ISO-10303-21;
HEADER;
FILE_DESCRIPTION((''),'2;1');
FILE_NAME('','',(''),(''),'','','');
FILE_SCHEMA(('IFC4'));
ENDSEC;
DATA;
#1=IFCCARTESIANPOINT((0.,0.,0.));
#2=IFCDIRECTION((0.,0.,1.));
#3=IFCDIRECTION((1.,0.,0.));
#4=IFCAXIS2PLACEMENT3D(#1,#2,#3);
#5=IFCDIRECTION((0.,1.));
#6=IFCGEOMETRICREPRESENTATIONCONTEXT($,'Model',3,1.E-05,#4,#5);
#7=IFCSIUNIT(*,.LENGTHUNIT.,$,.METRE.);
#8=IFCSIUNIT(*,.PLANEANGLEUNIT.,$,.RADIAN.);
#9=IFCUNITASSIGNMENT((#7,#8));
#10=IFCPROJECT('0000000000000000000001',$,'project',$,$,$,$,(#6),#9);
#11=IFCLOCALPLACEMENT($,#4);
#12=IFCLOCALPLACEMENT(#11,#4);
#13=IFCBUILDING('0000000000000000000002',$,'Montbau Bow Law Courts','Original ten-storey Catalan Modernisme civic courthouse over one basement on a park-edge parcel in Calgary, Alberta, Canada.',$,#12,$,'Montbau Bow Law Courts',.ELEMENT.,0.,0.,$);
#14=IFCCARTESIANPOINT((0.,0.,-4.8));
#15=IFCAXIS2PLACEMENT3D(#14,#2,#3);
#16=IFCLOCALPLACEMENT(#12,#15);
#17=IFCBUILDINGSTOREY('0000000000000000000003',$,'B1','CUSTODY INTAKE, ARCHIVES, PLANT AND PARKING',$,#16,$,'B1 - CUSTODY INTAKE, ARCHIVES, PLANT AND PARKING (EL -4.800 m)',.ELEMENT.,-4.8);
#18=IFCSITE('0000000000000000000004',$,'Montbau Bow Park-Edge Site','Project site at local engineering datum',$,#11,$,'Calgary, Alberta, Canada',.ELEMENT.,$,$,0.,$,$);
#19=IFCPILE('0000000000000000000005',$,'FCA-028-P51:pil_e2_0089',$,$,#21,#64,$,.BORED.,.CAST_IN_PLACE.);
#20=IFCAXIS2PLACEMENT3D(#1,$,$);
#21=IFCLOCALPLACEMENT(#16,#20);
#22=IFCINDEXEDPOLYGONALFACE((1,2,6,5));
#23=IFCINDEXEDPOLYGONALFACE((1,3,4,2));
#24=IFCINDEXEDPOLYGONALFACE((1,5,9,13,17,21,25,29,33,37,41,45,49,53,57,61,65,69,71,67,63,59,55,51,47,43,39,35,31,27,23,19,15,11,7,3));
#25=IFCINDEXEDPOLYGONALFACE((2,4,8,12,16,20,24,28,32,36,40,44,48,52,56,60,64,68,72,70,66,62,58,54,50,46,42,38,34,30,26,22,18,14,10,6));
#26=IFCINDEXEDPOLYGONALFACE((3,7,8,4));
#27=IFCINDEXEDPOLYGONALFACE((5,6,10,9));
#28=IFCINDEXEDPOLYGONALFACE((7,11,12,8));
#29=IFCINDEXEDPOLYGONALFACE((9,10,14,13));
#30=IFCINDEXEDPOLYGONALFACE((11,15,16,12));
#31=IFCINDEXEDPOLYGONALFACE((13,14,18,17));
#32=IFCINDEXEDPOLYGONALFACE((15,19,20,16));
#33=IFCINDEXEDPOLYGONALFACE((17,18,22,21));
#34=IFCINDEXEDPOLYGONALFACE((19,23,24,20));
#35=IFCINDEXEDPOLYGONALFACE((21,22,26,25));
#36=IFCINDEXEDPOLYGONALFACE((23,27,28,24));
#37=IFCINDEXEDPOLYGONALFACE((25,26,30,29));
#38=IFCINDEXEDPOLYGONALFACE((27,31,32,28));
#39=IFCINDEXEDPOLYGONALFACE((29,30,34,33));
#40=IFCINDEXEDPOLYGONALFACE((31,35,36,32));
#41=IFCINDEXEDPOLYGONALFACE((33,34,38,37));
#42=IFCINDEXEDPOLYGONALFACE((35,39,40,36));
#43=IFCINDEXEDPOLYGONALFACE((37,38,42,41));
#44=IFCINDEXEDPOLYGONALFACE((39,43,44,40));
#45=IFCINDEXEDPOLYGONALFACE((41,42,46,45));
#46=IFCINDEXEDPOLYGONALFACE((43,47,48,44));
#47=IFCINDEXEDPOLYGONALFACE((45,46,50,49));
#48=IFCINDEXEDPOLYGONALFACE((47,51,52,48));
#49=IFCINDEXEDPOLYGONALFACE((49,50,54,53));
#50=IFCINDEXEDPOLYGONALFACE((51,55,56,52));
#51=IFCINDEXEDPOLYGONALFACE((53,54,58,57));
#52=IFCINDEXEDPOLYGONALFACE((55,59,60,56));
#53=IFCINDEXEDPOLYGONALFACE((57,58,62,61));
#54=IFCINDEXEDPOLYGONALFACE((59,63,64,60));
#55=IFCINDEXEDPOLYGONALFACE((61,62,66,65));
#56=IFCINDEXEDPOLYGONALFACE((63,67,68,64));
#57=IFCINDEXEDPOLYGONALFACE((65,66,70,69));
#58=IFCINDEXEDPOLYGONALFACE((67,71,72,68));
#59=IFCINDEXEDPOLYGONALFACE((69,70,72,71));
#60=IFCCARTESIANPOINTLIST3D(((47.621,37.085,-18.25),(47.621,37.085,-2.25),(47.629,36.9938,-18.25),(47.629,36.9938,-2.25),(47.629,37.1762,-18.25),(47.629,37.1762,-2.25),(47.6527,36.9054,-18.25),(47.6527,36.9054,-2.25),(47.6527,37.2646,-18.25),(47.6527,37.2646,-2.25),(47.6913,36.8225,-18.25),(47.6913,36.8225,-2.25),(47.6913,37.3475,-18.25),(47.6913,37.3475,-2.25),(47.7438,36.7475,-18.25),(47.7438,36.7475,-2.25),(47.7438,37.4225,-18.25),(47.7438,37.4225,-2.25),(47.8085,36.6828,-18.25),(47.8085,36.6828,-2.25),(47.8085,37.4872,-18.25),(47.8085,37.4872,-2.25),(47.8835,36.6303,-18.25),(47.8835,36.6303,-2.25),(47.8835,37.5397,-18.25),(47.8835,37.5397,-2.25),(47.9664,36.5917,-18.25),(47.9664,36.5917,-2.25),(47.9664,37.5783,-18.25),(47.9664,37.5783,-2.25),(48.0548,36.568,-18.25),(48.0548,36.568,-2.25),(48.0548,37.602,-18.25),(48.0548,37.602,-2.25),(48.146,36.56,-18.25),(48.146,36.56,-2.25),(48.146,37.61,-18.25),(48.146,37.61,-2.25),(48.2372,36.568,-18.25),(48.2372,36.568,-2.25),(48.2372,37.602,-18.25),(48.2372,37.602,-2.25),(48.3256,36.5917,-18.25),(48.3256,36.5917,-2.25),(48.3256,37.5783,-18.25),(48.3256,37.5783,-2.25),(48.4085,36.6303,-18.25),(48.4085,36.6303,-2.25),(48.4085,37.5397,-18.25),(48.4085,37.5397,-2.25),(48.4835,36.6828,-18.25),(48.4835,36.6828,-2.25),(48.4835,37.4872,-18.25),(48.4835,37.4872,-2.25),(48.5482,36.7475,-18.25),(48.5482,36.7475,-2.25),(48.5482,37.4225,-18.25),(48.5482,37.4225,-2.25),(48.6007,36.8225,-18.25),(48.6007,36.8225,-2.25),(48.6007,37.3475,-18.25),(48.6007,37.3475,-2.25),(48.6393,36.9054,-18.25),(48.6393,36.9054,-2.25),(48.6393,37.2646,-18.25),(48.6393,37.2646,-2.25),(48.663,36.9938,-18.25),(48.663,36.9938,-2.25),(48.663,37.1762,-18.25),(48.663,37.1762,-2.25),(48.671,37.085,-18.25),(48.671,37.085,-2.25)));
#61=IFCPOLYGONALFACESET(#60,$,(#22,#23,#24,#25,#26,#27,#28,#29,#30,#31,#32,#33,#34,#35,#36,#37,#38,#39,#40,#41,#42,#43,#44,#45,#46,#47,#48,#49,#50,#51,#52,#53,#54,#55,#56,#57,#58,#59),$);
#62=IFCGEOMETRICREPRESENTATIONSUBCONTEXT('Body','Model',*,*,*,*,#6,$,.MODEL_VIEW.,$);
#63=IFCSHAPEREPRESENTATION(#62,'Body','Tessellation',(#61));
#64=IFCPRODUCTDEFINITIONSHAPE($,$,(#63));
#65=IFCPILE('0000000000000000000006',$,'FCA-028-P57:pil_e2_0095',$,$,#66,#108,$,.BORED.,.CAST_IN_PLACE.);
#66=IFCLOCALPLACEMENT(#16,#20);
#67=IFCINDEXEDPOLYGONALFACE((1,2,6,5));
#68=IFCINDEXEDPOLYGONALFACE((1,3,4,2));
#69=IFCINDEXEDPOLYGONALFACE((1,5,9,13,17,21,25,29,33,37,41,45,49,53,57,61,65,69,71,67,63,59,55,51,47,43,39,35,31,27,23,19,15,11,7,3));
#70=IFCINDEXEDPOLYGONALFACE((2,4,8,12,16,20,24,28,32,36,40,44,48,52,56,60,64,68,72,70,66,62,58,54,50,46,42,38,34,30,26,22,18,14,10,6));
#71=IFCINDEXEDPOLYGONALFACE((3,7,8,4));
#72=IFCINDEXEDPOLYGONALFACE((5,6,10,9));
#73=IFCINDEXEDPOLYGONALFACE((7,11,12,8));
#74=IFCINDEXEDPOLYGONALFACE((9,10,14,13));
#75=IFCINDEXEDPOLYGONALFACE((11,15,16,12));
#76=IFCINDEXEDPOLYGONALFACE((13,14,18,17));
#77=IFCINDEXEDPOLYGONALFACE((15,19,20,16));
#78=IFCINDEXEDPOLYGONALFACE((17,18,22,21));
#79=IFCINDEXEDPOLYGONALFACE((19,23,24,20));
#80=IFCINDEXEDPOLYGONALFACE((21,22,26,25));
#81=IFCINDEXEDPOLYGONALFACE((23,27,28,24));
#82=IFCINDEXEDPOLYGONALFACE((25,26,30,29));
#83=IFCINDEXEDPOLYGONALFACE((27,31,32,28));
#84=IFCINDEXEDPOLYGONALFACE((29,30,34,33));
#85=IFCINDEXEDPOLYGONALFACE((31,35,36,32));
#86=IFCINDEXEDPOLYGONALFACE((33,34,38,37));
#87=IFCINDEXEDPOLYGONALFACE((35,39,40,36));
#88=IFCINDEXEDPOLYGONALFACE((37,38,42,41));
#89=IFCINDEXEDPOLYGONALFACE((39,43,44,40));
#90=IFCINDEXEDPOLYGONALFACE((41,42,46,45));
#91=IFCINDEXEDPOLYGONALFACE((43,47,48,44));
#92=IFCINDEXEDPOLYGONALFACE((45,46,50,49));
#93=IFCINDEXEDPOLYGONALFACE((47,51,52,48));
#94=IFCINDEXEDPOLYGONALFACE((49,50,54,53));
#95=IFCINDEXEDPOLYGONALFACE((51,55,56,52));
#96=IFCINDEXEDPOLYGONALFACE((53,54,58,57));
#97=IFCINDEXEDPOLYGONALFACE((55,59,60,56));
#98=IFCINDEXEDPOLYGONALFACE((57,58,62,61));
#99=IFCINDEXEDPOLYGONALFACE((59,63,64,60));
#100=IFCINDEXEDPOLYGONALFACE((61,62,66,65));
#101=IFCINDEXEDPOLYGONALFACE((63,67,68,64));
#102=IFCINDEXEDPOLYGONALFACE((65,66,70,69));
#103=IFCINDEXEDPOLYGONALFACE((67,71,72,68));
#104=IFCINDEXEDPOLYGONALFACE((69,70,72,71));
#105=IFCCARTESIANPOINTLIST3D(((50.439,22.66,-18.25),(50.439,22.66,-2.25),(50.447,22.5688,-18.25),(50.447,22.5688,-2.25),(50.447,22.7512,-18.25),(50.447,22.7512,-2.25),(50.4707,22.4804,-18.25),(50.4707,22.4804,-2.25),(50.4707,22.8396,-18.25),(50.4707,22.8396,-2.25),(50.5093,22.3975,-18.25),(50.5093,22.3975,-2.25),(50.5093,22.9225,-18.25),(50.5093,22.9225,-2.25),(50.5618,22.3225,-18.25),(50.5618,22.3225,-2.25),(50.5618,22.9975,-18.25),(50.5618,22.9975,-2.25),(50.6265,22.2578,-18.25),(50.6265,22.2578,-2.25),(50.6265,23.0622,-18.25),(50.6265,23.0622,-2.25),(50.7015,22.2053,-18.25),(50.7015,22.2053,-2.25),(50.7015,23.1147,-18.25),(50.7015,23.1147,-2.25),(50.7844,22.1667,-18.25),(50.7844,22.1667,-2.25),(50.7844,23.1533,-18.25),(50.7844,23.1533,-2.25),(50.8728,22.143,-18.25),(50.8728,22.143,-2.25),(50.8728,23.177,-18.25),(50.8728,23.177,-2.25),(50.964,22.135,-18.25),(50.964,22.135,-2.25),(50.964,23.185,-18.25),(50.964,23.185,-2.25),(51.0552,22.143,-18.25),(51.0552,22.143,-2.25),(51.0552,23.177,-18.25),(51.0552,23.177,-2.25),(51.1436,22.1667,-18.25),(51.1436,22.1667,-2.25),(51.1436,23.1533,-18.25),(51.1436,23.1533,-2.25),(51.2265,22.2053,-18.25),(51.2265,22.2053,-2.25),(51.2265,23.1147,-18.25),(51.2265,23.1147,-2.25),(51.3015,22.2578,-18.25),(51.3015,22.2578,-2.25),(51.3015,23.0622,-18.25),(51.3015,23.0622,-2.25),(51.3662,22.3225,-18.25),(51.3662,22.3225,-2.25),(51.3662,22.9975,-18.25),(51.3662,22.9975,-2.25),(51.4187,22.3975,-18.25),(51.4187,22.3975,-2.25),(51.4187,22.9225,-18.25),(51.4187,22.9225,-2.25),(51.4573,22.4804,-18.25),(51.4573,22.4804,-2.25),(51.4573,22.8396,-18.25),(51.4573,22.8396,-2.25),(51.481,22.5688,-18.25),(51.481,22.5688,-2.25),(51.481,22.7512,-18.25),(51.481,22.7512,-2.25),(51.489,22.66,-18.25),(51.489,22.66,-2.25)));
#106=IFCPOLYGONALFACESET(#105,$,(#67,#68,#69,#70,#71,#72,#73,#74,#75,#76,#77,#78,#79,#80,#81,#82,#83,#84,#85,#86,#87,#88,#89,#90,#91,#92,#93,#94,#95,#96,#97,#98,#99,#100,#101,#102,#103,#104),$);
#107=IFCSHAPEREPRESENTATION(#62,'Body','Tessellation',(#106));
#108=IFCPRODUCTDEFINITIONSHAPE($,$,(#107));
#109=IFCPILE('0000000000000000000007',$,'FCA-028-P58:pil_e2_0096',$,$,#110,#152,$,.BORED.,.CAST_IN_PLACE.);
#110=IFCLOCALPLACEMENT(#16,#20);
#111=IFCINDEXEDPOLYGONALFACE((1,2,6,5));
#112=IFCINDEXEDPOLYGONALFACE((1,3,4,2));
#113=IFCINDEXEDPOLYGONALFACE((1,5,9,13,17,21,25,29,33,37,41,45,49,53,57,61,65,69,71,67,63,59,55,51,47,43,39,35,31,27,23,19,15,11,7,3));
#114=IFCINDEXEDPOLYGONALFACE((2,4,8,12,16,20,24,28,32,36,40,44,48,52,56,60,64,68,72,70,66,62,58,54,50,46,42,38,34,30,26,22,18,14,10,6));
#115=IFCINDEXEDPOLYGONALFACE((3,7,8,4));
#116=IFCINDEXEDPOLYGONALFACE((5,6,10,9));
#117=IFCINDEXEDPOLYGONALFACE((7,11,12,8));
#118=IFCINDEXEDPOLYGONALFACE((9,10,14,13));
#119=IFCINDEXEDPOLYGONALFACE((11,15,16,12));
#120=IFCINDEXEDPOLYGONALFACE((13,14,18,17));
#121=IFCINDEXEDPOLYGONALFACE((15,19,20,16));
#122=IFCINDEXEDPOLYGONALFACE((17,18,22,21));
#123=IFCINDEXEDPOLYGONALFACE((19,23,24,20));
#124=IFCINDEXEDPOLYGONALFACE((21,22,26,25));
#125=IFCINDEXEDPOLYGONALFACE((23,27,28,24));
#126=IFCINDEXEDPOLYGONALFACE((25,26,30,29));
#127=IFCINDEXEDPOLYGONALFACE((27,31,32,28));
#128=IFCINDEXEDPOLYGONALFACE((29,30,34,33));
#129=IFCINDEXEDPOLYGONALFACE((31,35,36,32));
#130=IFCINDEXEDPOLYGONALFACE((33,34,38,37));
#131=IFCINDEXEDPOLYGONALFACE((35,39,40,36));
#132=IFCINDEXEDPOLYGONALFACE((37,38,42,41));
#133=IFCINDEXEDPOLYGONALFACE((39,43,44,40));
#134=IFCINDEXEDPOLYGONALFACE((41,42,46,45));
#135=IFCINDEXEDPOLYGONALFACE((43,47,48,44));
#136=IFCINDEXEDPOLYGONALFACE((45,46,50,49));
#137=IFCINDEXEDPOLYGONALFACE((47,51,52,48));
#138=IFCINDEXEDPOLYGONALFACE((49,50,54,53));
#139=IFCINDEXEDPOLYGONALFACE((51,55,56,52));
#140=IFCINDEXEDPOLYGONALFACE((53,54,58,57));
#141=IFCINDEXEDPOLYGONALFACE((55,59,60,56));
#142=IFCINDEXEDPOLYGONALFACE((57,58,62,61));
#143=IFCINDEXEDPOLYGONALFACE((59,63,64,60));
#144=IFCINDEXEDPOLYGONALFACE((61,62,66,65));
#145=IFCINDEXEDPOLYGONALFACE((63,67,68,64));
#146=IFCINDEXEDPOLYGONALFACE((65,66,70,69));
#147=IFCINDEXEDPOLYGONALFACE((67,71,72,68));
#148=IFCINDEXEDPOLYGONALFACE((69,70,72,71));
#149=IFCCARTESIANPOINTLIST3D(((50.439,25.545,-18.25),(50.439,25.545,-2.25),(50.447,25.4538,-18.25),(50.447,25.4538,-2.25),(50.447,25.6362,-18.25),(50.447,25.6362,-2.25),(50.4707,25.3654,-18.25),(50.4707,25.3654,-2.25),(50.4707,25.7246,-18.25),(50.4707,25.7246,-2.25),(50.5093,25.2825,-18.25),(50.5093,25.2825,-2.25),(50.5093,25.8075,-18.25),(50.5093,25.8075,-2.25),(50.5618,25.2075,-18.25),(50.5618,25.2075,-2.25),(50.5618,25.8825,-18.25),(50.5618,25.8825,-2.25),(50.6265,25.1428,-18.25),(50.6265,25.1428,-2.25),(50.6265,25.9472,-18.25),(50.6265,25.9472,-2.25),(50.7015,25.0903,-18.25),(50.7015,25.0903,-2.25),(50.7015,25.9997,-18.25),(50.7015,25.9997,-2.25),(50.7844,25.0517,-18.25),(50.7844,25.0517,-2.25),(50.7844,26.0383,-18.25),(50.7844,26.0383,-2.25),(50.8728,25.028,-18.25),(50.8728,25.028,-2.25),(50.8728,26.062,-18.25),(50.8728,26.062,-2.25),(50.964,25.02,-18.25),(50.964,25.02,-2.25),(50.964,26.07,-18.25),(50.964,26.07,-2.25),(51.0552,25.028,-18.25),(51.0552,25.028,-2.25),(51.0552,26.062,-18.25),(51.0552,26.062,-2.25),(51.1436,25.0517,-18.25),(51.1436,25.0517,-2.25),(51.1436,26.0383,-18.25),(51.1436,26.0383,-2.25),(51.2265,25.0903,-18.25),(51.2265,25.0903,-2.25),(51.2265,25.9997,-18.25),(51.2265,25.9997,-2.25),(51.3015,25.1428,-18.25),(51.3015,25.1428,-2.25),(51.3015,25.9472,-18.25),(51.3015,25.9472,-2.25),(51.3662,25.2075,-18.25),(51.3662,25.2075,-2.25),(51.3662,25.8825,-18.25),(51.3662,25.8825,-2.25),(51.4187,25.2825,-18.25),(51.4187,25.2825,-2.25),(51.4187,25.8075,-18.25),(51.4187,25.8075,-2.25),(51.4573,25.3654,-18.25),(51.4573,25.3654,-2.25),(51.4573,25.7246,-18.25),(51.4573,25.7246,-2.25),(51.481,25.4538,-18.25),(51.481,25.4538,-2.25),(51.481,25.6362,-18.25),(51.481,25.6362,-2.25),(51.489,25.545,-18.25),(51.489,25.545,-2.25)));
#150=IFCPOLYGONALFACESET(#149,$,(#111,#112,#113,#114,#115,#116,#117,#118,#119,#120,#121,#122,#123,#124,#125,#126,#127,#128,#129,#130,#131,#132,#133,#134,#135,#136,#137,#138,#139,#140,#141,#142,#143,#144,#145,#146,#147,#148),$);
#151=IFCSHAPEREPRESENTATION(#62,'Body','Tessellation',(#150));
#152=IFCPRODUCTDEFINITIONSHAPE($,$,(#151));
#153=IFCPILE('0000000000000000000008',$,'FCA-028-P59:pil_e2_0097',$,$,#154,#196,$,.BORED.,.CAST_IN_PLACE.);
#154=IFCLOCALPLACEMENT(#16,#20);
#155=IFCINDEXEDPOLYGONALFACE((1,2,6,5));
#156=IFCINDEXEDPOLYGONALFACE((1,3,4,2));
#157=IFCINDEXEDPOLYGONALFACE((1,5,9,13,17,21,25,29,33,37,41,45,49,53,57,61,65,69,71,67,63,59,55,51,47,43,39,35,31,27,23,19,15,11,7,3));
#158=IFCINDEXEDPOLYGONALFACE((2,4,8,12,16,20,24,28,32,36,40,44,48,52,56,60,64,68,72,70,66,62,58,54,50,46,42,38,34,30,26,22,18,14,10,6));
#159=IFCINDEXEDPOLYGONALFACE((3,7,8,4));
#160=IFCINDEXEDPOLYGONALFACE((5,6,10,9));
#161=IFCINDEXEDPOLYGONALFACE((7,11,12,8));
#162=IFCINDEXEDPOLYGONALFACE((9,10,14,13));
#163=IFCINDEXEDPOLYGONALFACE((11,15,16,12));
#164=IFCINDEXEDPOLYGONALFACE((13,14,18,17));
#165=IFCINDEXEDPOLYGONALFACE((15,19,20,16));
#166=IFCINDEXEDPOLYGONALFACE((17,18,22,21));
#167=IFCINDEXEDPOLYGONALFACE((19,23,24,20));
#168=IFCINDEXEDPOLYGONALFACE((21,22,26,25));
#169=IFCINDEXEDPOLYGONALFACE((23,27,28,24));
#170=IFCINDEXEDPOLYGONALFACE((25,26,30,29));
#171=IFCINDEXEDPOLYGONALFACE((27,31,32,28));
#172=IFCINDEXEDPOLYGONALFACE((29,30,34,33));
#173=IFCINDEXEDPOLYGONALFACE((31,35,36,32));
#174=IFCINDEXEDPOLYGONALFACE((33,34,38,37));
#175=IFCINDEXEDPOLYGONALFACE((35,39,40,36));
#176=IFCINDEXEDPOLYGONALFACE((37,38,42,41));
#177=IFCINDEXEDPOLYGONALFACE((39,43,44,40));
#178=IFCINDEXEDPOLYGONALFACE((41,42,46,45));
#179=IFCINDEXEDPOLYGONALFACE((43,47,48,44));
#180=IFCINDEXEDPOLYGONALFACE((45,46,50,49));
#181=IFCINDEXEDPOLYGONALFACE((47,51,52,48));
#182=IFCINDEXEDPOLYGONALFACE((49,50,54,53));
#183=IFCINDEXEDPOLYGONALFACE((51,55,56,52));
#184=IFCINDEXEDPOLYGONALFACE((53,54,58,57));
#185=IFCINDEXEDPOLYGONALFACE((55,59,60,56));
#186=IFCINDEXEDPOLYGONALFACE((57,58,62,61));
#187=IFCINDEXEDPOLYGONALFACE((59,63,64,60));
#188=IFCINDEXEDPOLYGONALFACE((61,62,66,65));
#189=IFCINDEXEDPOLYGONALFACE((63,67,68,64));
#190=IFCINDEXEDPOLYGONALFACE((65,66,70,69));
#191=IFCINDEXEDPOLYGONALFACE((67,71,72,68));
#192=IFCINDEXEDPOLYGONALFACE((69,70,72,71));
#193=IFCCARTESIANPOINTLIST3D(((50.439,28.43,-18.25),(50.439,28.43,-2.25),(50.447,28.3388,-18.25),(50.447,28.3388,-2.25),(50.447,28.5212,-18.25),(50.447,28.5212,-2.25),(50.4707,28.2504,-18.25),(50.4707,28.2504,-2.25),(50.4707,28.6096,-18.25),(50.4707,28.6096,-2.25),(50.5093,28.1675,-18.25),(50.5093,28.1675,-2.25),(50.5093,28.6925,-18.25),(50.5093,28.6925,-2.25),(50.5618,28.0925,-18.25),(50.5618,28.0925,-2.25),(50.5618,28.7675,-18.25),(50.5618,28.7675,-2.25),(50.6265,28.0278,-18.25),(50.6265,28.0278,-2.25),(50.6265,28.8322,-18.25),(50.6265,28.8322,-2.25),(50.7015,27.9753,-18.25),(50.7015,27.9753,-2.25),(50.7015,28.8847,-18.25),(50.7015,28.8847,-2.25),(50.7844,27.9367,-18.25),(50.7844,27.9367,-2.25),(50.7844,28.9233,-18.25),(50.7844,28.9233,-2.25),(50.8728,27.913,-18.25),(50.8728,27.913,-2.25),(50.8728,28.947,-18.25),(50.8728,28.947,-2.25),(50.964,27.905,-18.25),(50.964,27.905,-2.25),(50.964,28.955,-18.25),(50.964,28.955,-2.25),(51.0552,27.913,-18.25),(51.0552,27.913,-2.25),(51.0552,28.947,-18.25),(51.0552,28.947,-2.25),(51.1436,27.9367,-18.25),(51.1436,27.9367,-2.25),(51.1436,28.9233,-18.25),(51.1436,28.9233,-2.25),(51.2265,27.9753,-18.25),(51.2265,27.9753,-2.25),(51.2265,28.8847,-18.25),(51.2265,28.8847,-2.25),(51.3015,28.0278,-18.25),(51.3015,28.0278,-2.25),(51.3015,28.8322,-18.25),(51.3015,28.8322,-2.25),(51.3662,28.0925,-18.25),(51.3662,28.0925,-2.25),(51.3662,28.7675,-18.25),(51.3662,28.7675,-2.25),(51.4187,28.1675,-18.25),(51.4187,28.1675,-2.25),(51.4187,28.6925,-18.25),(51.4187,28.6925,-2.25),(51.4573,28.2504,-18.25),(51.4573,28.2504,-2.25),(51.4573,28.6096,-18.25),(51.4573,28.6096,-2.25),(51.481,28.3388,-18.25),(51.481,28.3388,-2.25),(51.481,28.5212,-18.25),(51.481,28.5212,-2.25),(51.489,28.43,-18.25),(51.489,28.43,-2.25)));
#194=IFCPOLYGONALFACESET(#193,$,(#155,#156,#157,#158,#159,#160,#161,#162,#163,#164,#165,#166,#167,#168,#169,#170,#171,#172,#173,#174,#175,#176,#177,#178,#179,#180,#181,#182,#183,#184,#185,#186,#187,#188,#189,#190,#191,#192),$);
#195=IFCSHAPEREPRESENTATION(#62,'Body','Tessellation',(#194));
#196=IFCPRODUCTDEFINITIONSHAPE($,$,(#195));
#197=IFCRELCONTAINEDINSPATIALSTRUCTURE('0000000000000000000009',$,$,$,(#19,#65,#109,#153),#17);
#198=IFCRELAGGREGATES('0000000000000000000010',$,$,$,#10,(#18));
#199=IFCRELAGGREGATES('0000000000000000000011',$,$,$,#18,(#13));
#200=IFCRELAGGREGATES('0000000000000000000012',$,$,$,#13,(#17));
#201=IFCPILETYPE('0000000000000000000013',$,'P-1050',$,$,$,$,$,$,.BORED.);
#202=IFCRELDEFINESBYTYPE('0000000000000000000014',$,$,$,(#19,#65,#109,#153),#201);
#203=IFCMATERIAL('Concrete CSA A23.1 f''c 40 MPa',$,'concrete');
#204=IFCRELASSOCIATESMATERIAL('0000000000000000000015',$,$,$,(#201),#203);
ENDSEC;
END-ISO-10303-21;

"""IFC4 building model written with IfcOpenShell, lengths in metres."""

from ifc_helpers import new_model, si_unit, direction, frame, origin_with_axes, origin_2d_with_axis, place, context, subcontext, project, spatial, circle, extrude, material, material_profile, profile_set, type_object, element, save


model = new_model("IFC4")

# Units and contexts
model_context = context("Model", 3, precision=1e-05, world=origin_with_axes(), true_north=direction((0.0, 1.0)))
body_context = subcontext(model_context, "Body", "Model", "MODEL_VIEW")
ifc_project = project(units=[si_unit("LENGTHUNIT", "METRE"), si_unit("PLANEANGLEUNIT", "RADIAN")], contexts=[model_context])

# Site, building, storey
site_placement = place(None, origin_with_axes())
site = spatial("IfcSite", under=ifc_project, at=site_placement, Name="Montbau Bow Park-Edge Site", Description="Project site at local engineering datum", LongName="Calgary, Alberta, Canada", CompositionType="ELEMENT", RefElevation=0.0)
building_placement = place(site_placement, origin_with_axes())
building = spatial("IfcBuilding", under=site, at=building_placement, Name="Montbau Bow Law Courts", Description="Original ten-storey Catalan Modernisme civic courthouse over one basement on a park-edge parcel in Calgary, Alberta, Canada.", LongName="Montbau Bow Law Courts", CompositionType="ELEMENT", ElevationOfRefHeight=0.0, ElevationOfTerrain=0.0)
storey_placement = place(building_placement, frame((0.0, 0.0, -4.8), z_axis=(0.0, 0.0, 1.0), x_axis=(1.0, 0.0, 0.0)))
storey = spatial("IfcBuildingStorey", under=building, at=storey_placement, Name="B1", Description="CUSTODY INTAKE, ARCHIVES, PLANT AND PARKING", LongName="B1 - CUSTODY INTAKE, ARCHIVES, PLANT AND PARKING (EL -4.800 m)", CompositionType="ELEMENT", Elevation=-4.8)

# Piles
ifc_material_1 = material(Name="Concrete CSA A23.1 f'c 40 MPa", Category="concrete")
ifc_material_profile_1 = material_profile(ifc_material_1, circle(Radius=0.525, at=origin_2d_with_axis()), Name="BP1050", Category="Main", Priority=0)
ifc_profile_set_1 = profile_set([ifc_material_profile_1], Name="Concrete CSA A23.1 f'c 40 MPa")
pile_type = type_object("IfcPileType", Name="P-1050", PredefinedType="BORED", material=ifc_profile_set_1)
for number, where, z_axis, x_axis, name in (
    (1, (48.146, 37.085, -23.05), (0.0, 0.0, 1.0), (1.0, 0.0, 0.0), "FCA-028-P51:pil_e2_0089"),
    (2, (50.964, 22.66, -23.05), (0.0, 0.0, 1.0), (1.0, 0.0, 0.0), "FCA-028-P57:pil_e2_0095"),
    (3, (50.964, 25.545, -23.05), (0.0, 0.0, 1.0), (1.0, 0.0, 0.0), "FCA-028-P58:pil_e2_0096"),
    (4, (50.964, 28.43, -23.05), (0.0, 0.0, 1.0), (1.0, 0.0, 0.0), "FCA-028-P59:pil_e2_0097"),
):
    element("IfcPile", number, at=place(None, frame(where, z_axis=z_axis, x_axis=x_axis)), inside=storey, type_object=pile_type, Name=name, ConstructionType="CAST_IN_PLACE", PredefinedType="BORED", context=body_context, shape_type="SweptSolid", body=[
        extrude(circle(Radius=0.525, at=origin_2d_with_axis()), origin_with_axes(), (0.0, 0.0, 1.0), 16.0),
    ])

save(model, "model.ifc")
